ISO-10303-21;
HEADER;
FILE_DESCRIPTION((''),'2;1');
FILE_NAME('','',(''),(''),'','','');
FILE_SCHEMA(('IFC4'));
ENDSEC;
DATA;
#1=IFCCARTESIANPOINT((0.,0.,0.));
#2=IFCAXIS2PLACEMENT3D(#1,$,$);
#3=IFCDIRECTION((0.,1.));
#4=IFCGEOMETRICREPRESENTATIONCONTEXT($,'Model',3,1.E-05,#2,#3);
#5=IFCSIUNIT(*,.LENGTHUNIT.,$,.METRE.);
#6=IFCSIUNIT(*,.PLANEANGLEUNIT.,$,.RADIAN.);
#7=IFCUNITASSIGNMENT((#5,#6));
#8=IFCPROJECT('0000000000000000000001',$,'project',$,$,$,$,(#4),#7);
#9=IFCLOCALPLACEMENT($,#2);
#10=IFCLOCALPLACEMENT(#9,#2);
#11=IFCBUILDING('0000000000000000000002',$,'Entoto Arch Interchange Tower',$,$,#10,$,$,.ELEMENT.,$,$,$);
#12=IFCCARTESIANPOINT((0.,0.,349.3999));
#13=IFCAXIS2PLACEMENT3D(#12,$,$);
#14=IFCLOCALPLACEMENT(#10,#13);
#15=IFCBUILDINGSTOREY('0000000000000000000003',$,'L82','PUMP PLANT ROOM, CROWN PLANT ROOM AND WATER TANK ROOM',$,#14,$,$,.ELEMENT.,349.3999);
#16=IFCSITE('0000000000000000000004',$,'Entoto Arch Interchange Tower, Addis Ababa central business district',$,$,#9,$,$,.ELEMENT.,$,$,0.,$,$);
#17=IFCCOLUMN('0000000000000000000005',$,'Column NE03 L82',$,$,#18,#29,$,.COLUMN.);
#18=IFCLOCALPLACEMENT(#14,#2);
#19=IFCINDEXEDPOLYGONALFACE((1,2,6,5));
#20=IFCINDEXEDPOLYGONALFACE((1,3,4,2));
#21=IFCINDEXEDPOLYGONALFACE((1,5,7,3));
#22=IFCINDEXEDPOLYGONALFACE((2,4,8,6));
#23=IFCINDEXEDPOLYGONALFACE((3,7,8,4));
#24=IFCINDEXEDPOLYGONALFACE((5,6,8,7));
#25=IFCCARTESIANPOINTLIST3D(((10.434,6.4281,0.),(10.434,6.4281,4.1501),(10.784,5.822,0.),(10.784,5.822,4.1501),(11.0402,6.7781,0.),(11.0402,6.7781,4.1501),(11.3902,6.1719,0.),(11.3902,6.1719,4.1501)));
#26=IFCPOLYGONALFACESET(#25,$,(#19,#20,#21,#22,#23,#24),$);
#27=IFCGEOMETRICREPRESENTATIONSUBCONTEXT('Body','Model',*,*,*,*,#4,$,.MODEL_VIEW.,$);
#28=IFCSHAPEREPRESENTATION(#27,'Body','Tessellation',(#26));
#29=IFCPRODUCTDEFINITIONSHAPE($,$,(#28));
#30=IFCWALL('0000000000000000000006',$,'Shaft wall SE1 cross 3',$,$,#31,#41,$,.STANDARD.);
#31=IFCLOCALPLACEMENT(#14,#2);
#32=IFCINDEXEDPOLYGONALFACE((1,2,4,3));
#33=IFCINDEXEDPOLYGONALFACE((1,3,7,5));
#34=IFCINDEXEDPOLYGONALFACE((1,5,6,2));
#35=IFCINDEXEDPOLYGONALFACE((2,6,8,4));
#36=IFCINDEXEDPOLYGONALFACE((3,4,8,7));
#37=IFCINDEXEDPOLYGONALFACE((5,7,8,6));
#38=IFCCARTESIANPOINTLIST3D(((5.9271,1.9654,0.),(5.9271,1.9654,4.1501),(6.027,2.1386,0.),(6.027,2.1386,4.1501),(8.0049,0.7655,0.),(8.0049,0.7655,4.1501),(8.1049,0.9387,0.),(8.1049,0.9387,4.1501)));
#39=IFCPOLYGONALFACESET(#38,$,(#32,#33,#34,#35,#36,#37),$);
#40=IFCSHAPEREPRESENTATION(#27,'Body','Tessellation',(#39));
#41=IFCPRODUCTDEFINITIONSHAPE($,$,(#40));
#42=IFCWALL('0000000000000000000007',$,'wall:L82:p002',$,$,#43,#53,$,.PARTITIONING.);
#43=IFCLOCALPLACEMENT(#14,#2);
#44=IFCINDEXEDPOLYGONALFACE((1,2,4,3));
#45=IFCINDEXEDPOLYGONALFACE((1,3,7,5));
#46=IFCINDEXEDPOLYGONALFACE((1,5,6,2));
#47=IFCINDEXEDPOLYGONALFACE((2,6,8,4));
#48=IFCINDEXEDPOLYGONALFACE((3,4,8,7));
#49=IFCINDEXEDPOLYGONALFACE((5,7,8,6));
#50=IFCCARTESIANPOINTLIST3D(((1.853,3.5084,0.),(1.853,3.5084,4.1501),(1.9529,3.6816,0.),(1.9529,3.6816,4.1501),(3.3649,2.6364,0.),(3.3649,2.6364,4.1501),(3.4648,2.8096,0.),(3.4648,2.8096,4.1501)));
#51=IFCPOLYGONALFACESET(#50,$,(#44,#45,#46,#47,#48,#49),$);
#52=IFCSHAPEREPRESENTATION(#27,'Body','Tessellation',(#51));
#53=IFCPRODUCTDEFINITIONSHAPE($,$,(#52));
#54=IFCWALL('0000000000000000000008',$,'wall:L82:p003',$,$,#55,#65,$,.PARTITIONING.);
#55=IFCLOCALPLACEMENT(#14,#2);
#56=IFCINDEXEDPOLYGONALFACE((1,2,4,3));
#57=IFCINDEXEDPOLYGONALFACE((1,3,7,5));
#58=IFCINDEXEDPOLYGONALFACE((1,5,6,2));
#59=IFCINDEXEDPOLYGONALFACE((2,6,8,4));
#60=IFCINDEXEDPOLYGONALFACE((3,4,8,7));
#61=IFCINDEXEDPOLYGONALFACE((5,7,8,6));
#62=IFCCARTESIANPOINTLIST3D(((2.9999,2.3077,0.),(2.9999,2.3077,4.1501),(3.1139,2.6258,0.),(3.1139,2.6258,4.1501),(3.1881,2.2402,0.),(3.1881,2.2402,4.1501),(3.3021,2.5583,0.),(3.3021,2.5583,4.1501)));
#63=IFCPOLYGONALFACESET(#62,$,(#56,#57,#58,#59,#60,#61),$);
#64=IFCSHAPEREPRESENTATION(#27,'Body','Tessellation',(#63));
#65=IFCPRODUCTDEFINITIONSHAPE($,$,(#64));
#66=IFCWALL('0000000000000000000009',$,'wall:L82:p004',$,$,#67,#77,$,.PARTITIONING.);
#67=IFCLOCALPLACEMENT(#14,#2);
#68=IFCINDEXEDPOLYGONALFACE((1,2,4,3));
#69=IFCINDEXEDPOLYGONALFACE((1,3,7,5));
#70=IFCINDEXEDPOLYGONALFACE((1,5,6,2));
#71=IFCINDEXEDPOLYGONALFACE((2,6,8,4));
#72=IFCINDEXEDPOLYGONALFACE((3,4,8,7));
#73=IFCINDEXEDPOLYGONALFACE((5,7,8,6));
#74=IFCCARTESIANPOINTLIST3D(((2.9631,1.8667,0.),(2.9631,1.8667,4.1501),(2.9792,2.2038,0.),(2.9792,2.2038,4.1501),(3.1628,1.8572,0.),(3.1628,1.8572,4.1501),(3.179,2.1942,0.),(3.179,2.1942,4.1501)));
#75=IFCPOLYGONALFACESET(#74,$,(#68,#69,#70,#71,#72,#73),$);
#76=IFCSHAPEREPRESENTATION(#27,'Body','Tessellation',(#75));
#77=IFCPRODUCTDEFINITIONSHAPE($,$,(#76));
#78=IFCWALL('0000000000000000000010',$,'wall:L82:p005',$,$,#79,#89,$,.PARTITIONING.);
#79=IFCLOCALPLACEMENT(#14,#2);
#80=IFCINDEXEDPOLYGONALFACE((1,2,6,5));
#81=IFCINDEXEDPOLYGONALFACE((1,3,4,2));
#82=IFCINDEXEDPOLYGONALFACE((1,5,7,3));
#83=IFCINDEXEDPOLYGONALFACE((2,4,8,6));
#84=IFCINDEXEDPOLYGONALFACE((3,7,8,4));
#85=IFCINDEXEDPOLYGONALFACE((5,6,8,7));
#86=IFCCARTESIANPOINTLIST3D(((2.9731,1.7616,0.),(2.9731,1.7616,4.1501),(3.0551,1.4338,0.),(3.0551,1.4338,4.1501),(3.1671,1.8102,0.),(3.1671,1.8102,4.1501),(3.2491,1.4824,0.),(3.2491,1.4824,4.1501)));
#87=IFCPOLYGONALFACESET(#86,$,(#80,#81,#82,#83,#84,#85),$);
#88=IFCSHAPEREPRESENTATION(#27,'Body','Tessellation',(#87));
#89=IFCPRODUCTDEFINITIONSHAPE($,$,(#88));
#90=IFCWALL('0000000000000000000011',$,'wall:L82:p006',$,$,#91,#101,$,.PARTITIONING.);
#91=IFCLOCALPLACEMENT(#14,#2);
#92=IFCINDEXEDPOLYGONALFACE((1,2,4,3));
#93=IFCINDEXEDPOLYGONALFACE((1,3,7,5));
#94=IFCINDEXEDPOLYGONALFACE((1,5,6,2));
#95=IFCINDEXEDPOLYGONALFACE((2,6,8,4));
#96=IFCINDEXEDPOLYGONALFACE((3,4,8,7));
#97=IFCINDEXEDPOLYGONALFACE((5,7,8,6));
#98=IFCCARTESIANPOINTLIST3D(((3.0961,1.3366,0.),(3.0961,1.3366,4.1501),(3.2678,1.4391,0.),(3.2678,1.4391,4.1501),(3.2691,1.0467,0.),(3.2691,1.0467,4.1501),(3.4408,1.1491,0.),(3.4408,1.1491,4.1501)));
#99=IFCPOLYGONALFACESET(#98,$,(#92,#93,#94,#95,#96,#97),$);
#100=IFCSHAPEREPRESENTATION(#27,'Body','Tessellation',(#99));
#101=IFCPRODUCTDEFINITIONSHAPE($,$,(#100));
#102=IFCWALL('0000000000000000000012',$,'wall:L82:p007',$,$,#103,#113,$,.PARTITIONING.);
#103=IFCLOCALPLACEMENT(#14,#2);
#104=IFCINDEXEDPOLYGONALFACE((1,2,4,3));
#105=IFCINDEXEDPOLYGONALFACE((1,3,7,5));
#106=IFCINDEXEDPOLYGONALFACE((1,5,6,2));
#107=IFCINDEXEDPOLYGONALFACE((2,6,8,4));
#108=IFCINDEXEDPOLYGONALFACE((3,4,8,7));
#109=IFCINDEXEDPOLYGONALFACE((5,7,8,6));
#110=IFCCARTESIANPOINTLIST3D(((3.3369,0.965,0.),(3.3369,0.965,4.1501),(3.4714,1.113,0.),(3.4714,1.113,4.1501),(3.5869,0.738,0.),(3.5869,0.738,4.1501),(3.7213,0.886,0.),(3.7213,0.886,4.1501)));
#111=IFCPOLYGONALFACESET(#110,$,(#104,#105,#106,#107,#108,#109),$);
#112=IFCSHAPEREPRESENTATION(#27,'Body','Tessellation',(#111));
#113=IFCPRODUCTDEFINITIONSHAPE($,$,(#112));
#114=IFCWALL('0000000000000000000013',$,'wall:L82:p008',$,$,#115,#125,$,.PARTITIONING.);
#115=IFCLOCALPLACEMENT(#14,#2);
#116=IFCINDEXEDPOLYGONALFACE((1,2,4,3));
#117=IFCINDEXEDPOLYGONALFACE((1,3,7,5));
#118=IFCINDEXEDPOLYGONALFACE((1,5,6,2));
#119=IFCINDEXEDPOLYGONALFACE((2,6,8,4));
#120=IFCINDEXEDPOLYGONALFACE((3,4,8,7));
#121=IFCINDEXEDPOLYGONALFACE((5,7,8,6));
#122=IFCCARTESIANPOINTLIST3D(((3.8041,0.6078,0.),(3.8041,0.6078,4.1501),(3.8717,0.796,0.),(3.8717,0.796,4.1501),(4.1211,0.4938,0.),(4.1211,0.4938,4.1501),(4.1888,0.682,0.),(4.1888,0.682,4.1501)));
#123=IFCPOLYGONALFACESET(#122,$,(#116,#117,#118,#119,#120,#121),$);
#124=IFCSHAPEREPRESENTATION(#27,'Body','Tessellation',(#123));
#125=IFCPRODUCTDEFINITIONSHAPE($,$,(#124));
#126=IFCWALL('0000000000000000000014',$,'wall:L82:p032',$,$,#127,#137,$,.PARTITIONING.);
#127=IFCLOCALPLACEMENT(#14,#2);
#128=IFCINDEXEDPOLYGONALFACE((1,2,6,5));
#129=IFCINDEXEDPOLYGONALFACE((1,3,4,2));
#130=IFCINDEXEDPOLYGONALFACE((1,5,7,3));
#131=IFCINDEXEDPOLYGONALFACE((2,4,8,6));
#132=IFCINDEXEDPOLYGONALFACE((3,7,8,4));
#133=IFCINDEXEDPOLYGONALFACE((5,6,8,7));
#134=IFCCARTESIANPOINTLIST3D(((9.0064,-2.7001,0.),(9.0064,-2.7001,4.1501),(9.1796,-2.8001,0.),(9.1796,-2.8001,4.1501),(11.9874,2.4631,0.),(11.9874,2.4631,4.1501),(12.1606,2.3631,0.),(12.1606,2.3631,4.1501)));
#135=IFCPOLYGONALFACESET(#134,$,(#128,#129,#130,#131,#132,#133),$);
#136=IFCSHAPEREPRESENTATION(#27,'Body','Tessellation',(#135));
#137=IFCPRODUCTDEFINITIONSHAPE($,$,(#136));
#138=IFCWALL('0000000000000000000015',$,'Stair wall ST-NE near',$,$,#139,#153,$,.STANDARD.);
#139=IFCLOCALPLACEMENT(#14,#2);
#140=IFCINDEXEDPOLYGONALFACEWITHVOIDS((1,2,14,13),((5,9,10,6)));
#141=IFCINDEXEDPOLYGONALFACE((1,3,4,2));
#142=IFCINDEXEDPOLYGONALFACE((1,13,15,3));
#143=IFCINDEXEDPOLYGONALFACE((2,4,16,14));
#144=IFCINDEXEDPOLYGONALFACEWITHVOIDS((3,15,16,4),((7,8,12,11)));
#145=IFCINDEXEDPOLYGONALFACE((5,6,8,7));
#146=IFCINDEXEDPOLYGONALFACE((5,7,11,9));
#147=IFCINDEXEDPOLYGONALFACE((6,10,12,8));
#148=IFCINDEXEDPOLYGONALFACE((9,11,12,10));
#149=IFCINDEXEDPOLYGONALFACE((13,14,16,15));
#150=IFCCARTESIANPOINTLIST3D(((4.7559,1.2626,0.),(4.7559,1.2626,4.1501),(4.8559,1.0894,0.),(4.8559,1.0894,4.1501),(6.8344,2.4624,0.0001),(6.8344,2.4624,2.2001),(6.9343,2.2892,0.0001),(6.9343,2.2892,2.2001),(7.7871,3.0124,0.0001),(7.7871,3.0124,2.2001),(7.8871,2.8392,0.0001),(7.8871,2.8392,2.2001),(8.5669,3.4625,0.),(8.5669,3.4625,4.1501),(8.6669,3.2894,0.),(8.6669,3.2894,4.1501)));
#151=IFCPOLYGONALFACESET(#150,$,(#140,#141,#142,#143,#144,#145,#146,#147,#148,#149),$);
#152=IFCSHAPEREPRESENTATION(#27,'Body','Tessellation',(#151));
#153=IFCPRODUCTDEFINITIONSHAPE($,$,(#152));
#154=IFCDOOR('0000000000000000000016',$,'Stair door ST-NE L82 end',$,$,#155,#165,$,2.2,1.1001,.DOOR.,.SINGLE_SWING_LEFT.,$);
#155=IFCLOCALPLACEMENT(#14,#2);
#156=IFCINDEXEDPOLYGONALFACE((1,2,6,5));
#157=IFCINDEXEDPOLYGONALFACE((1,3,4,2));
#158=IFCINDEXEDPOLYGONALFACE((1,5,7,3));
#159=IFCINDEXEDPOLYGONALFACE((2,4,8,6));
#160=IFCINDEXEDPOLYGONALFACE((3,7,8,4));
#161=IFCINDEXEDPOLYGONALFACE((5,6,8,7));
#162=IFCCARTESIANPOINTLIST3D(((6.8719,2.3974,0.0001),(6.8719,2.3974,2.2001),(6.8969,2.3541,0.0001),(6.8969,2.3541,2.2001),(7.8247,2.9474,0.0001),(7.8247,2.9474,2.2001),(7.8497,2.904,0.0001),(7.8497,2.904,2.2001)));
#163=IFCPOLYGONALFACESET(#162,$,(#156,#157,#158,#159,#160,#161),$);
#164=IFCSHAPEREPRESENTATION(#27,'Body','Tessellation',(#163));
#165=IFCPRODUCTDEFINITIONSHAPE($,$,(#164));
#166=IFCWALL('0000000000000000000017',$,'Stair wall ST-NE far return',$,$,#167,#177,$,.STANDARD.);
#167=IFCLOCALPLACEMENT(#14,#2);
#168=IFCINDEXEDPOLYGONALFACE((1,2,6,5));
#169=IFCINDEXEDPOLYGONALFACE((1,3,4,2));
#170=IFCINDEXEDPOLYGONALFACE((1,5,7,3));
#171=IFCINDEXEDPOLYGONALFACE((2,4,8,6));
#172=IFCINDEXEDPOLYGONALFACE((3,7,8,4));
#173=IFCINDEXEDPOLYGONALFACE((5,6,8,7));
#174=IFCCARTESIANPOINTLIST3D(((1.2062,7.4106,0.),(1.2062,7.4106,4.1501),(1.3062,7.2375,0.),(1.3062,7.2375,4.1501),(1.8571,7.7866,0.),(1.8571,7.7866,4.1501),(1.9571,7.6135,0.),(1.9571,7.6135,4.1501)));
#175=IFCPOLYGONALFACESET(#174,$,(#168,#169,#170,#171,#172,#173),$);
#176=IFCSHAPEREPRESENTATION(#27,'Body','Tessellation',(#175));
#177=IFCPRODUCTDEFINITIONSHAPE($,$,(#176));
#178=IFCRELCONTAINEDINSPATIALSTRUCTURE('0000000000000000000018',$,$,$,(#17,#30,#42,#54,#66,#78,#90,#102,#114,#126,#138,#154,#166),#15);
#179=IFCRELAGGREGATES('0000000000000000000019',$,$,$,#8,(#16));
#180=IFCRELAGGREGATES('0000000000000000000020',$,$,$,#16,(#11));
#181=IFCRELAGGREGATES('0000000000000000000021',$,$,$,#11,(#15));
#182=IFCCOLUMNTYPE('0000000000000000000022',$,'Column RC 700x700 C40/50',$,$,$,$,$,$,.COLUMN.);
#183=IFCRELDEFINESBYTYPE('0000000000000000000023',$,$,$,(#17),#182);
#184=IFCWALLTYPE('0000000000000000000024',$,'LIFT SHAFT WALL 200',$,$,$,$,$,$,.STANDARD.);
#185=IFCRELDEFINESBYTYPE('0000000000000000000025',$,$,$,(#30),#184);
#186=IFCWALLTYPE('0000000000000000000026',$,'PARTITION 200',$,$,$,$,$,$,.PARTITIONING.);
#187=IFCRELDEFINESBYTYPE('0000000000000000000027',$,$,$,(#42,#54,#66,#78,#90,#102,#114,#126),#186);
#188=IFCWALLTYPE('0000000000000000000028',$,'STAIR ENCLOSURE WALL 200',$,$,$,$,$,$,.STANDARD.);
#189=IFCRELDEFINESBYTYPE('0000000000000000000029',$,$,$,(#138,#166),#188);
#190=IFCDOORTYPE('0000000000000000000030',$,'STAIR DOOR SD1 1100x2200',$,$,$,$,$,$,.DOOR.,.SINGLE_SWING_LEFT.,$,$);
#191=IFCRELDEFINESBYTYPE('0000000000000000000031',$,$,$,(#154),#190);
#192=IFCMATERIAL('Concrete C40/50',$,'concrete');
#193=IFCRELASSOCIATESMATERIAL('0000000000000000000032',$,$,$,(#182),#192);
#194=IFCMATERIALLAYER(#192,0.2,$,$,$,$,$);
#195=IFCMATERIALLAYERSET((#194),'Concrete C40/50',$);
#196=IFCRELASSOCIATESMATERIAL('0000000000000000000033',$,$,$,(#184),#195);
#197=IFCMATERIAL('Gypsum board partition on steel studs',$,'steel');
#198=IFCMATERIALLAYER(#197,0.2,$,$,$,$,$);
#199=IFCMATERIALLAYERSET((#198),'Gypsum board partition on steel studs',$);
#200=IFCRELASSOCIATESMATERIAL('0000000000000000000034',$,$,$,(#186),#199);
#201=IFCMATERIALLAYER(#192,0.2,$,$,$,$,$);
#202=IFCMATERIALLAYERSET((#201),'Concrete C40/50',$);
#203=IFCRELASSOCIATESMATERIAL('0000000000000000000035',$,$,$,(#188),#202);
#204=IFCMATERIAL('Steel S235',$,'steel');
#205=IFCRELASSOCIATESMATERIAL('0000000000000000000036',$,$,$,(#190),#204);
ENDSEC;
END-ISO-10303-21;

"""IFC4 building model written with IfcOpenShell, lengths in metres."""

from ifc_helpers import new_model, si_unit, direction, frame, frame_2d, origin, origin_2d, place, context, subcontext, project, spatial, rectangle, extrude, material, layer, layer_set, material_profile, profile_set, type_object, element, fill, save


model = new_model("IFC4")

# Units and contexts
model_context = context("Model", 3, precision=1e-05, world=origin(), true_north=direction((0.0, 1.0)))
body_context = subcontext(model_context, "Body", "Model", "MODEL_VIEW")
ifc_project = project(units=[si_unit("LENGTHUNIT", "METRE"), si_unit("PLANEANGLEUNIT", "RADIAN")], contexts=[model_context])

# Site, building, storey
site_placement = place(None, origin())
site = spatial("IfcSite", under=ifc_project, at=site_placement, Name="Entoto Arch Interchange Tower, Addis Ababa central business district", CompositionType="ELEMENT", RefElevation=0.0)
building_placement = place(site_placement, origin())
building = spatial("IfcBuilding", under=site, at=building_placement, Name="Entoto Arch Interchange Tower", CompositionType="ELEMENT")
storey_placement = place(building_placement, frame((0.0, 0.0, 349.3999)))
storey = spatial("IfcBuildingStorey", under=building, at=storey_placement, Name="L82", Description="PUMP PLANT ROOM, CROWN PLANT ROOM AND WATER TANK ROOM", CompositionType="ELEMENT", Elevation=349.3999)

# Column
ifc_material_1 = material(Name="Concrete C40/50", Category="concrete")
ifc_material_profile = material_profile(ifc_material_1, rectangle(XDim=0.7, YDim=0.7, at=origin_2d()))
ifc_profile_set = profile_set([ifc_material_profile], Name="Concrete C40/50")
column_type = type_object("IfcColumnType", Name="Column RC 700x700 C40/50", PredefinedType="COLUMN", material=ifc_profile_set)
column_placement = place(storey_placement, frame((10.9121, 6.3, 0.0), z_axis=(0.0, 0.0, 1.0), x_axis=(-0.5, 0.866025, 0.0)))
element("IfcColumn", 1, at=column_placement, inside=storey, type_object=column_type, Name="Column NE03 L82", PredefinedType="COLUMN", context=body_context, shape_type="SweptSolid", body=[
    extrude(rectangle(XDim=0.7, YDim=0.7, at=origin_2d()), origin(), (0.0, 0.0, 1.0), 4.1501),
])

# Walls
ifc_layer_1 = layer(ifc_material_1, 0.2)
ifc_layer_set_1 = layer_set([ifc_layer_1], Name="Concrete C40/50")
wall_type_1 = type_object("IfcWallType", Name="LIFT SHAFT WALL 200", PredefinedType="STANDARD", material=ifc_layer_set_1)
wall_1_placement = place(storey_placement, frame((5.9771, 2.052, 0.0), z_axis=(0.0, 0.0, 1.0), x_axis=(0.865974, -0.500089, 0.0)))
element("IfcWall", 2, at=wall_1_placement, inside=storey, type_object=wall_type_1, Name="Shaft wall SE1 cross 3", PredefinedType="STANDARD", context=body_context, shape_type="SweptSolid", body=[
    extrude(rectangle(XDim=2.3994, YDim=0.2, at=frame_2d((1.1997, 0.0))), origin(), (0.0, 0.0, 1.0), 4.1501),
])
ifc_material_2 = material(Name="Gypsum board partition on steel studs", Category="steel")
ifc_layer_2 = layer(ifc_material_2, 0.2)
ifc_layer_set_2 = layer_set([ifc_layer_2], Name="Gypsum board partition on steel studs")
wall_type_2 = type_object("IfcWallType", Name="PARTITION 200", PredefinedType="PARTITIONING", material=ifc_layer_set_2)
wall_2_placement = place(storey_placement, frame((1.9031, 3.595, 0.0), z_axis=(0.0, 0.0, 1.0), x_axis=(0.866239, -0.49963, 0.0)))
element("IfcWall", 3, at=wall_2_placement, inside=storey, type_object=wall_type_2, Name="wall:L82:p002", PredefinedType="PARTITIONING", context=body_context, shape_type="SweptSolid", body=[
    extrude(rectangle(XDim=1.7454, YDim=0.2, at=frame_2d((0.8726, 0.0))), origin(), (0.0, 0.0, 1.0), 4.1501),
])
wall_3_placement = place(storey_placement, frame((3.208, 2.592, 0.0), z_axis=(0.0, 0.0, 1.0), x_axis=(-0.337389, -0.941365, 0.0)))
element("IfcWall", 4, at=wall_3_placement, inside=storey, type_object=wall_type_2, Name="wall:L82:p003", PredefinedType="PARTITIONING", context=body_context, shape_type="SweptSolid", body=[
    extrude(rectangle(XDim=0.3379, YDim=0.2, at=frame_2d((0.1689, 0.0))), origin(), (0.0, 0.0, 1.0), 4.1501),
])
wall_4_placement = place(storey_placement, frame((3.0791, 2.199, 0.0), z_axis=(0.0, 0.0, 1.0), x_axis=(-0.047771, -0.998858, 0.0)))
element("IfcWall", 5, at=wall_4_placement, inside=storey, type_object=wall_type_2, Name="wall:L82:p004", PredefinedType="PARTITIONING", context=body_context, shape_type="SweptSolid", body=[
    extrude(rectangle(XDim=0.3374, YDim=0.2, at=frame_2d((0.1687, 0.0))), origin(), (0.0, 0.0, 1.0), 4.1501),
])
wall_5_placement = place(storey_placement, frame((3.0701, 1.7859, 0.0), z_axis=(0.0, 0.0, 1.0), x_axis=(0.242706, -0.9701, 0.0)))
element("IfcWall", 6, at=wall_5_placement, inside=storey, type_object=wall_type_2, Name="wall:L82:p005", PredefinedType="PARTITIONING", context=body_context, shape_type="SweptSolid", body=[
    extrude(rectangle(XDim=0.3379, YDim=0.2, at=frame_2d((0.1689, 0.0))), origin(), (0.0, 0.0, 1.0), 4.1501),
])
for number, where, z_axis, x_axis, name in (
    (7, (3.1819, 1.3879, 0.0), (0.0, 0.0, 1.0), (0.512475, -0.858702, 0.0), "wall:L82:p006"),
    (8, (3.4041, 1.0391, 0.0), (0.0, 0.0, 1.0), (0.740267, -0.672313, 0.0), "wall:L82:p007"),
):
    element("IfcWall", number, at=place(storey_placement, frame(where, z_axis=z_axis, x_axis=x_axis)), inside=storey, type_object=wall_type_2, Name=name, PredefinedType="PARTITIONING", context=body_context, shape_type="SweptSolid", body=[
        extrude(rectangle(XDim=0.3376, YDim=0.2, at=frame_2d((0.1689, 0.0))), origin(), (0.0, 0.0, 1.0), 4.1501),
    ])
wall_6_placement = place(storey_placement, frame((3.8379, 0.7019, 0.0), z_axis=(0.0, 0.0, 1.0), x_axis=(0.941035, -0.338309, 0.0)))
element("IfcWall", 9, at=wall_6_placement, inside=storey, type_object=wall_type_2, Name="wall:L82:p008", PredefinedType="PARTITIONING", context=body_context, shape_type="SweptSolid", body=[
    extrude(rectangle(XDim=0.3369, YDim=0.2, at=frame_2d((0.1685, 0.0))), origin(), (0.0, 0.0, 1.0), 4.1501),
])
wall_7_placement = place(storey_placement, frame((12.074, 2.4131, 0.0), z_axis=(0.0, 0.0, 1.0), x_axis=(-0.500006, -0.866022, 0.0)))
element("IfcWall", 10, at=wall_7_placement, inside=storey, type_object=wall_type_2, Name="wall:L82:p032", PredefinedType="PARTITIONING", context=body_context, shape_type="SweptSolid", body=[
    extrude(rectangle(XDim=5.9619, YDim=0.2, at=frame_2d((2.981, 0.0))), origin(), (0.0, 0.0, 1.0), 4.1501),
])

# Wall, opening, door
ifc_layer_3 = layer(ifc_material_1, 0.2)
ifc_layer_set_3 = layer_set([ifc_layer_3], Name="Concrete C40/50")
wall_type_3 = type_object("IfcWallType", Name="STAIR ENCLOSURE WALL 200", PredefinedType="STANDARD", material=ifc_layer_set_3)
wall_8_placement = place(storey_placement, frame((4.8059, 1.176, 0.0), z_axis=(0.0, 0.0, 1.0), x_axis=(0.86606, 0.49994, 0.0)))
wall_8 = element("IfcWall", 11, at=wall_8_placement, inside=storey, type_object=wall_type_3, Name="Stair wall ST-NE near", PredefinedType="STANDARD", context=body_context, shape_type="SweptSolid", body=[
    extrude(rectangle(XDim=4.4004, YDim=0.2, at=frame_2d((2.2002, 0.0))), origin(), (0.0, 0.0, 1.0), 4.1501),
])
opening_1_placement = place(wall_8_placement, frame((2.3999, 0.0, 0.0)))
opening_1 = element("IfcOpeningElement", 12, at=opening_1_placement, cuts=wall_8, PredefinedType="OPENING", context=body_context, shape_type="SweptSolid", body=[
    extrude(rectangle(XDim=1.1001, YDim=2.2, at=frame_2d((0.55, 1.1001))), frame((0.0, 0.1099, 0.0), z_axis=(0.0, -1.0, 0.0), x_axis=(1.0, 0.0, 0.0)), (0.0, 0.0, 1.0), 0.22),
])
ifc_material_3 = material(Name="Steel S235", Category="steel")
door_type_1 = type_object("IfcDoorType", Name="STAIR DOOR SD1 1100x2200", OperationType="SINGLE_SWING_LEFT", PredefinedType="DOOR", material=ifc_material_3)
door_1_placement = place(opening_1_placement, origin())
door_1 = element("IfcDoor", 13, at=door_1_placement, inside=storey, type_object=door_type_1, Name="Stair door ST-NE L82 end", OperationType="SINGLE_SWING_LEFT", OverallHeight=2.2, OverallWidth=1.1001, PredefinedType="DOOR", context=body_context, shape_type="SweptSolid", body=[
    extrude(rectangle(XDim=1.1001, YDim=2.2, at=frame_2d((0.55, 1.1001))), frame((0.0, 0.0249, 0.0), z_axis=(0.0, -1.0, 0.0), x_axis=(1.0, 0.0, 0.0)), (0.0, 0.0, 1.0), 0.05),
])
fill(opening_1, door_1)

# Wall
wall_9_placement = place(storey_placement, frame((1.2561, 7.324, 0.0), z_axis=(0.0, 0.0, 1.0), x_axis=(0.865915, 0.500191, 0.0)))
element("IfcWall", 14, at=wall_9_placement, inside=storey, type_object=wall_type_3, Name="Stair wall ST-NE far return", PredefinedType="STANDARD", context=body_context, shape_type="SweptSolid", body=[
    extrude(rectangle(XDim=0.7517, YDim=0.2, at=frame_2d((0.376, 0.0))), origin(), (0.0, 0.0, 1.0), 4.1501),
])

save(model, "model.ifc")
